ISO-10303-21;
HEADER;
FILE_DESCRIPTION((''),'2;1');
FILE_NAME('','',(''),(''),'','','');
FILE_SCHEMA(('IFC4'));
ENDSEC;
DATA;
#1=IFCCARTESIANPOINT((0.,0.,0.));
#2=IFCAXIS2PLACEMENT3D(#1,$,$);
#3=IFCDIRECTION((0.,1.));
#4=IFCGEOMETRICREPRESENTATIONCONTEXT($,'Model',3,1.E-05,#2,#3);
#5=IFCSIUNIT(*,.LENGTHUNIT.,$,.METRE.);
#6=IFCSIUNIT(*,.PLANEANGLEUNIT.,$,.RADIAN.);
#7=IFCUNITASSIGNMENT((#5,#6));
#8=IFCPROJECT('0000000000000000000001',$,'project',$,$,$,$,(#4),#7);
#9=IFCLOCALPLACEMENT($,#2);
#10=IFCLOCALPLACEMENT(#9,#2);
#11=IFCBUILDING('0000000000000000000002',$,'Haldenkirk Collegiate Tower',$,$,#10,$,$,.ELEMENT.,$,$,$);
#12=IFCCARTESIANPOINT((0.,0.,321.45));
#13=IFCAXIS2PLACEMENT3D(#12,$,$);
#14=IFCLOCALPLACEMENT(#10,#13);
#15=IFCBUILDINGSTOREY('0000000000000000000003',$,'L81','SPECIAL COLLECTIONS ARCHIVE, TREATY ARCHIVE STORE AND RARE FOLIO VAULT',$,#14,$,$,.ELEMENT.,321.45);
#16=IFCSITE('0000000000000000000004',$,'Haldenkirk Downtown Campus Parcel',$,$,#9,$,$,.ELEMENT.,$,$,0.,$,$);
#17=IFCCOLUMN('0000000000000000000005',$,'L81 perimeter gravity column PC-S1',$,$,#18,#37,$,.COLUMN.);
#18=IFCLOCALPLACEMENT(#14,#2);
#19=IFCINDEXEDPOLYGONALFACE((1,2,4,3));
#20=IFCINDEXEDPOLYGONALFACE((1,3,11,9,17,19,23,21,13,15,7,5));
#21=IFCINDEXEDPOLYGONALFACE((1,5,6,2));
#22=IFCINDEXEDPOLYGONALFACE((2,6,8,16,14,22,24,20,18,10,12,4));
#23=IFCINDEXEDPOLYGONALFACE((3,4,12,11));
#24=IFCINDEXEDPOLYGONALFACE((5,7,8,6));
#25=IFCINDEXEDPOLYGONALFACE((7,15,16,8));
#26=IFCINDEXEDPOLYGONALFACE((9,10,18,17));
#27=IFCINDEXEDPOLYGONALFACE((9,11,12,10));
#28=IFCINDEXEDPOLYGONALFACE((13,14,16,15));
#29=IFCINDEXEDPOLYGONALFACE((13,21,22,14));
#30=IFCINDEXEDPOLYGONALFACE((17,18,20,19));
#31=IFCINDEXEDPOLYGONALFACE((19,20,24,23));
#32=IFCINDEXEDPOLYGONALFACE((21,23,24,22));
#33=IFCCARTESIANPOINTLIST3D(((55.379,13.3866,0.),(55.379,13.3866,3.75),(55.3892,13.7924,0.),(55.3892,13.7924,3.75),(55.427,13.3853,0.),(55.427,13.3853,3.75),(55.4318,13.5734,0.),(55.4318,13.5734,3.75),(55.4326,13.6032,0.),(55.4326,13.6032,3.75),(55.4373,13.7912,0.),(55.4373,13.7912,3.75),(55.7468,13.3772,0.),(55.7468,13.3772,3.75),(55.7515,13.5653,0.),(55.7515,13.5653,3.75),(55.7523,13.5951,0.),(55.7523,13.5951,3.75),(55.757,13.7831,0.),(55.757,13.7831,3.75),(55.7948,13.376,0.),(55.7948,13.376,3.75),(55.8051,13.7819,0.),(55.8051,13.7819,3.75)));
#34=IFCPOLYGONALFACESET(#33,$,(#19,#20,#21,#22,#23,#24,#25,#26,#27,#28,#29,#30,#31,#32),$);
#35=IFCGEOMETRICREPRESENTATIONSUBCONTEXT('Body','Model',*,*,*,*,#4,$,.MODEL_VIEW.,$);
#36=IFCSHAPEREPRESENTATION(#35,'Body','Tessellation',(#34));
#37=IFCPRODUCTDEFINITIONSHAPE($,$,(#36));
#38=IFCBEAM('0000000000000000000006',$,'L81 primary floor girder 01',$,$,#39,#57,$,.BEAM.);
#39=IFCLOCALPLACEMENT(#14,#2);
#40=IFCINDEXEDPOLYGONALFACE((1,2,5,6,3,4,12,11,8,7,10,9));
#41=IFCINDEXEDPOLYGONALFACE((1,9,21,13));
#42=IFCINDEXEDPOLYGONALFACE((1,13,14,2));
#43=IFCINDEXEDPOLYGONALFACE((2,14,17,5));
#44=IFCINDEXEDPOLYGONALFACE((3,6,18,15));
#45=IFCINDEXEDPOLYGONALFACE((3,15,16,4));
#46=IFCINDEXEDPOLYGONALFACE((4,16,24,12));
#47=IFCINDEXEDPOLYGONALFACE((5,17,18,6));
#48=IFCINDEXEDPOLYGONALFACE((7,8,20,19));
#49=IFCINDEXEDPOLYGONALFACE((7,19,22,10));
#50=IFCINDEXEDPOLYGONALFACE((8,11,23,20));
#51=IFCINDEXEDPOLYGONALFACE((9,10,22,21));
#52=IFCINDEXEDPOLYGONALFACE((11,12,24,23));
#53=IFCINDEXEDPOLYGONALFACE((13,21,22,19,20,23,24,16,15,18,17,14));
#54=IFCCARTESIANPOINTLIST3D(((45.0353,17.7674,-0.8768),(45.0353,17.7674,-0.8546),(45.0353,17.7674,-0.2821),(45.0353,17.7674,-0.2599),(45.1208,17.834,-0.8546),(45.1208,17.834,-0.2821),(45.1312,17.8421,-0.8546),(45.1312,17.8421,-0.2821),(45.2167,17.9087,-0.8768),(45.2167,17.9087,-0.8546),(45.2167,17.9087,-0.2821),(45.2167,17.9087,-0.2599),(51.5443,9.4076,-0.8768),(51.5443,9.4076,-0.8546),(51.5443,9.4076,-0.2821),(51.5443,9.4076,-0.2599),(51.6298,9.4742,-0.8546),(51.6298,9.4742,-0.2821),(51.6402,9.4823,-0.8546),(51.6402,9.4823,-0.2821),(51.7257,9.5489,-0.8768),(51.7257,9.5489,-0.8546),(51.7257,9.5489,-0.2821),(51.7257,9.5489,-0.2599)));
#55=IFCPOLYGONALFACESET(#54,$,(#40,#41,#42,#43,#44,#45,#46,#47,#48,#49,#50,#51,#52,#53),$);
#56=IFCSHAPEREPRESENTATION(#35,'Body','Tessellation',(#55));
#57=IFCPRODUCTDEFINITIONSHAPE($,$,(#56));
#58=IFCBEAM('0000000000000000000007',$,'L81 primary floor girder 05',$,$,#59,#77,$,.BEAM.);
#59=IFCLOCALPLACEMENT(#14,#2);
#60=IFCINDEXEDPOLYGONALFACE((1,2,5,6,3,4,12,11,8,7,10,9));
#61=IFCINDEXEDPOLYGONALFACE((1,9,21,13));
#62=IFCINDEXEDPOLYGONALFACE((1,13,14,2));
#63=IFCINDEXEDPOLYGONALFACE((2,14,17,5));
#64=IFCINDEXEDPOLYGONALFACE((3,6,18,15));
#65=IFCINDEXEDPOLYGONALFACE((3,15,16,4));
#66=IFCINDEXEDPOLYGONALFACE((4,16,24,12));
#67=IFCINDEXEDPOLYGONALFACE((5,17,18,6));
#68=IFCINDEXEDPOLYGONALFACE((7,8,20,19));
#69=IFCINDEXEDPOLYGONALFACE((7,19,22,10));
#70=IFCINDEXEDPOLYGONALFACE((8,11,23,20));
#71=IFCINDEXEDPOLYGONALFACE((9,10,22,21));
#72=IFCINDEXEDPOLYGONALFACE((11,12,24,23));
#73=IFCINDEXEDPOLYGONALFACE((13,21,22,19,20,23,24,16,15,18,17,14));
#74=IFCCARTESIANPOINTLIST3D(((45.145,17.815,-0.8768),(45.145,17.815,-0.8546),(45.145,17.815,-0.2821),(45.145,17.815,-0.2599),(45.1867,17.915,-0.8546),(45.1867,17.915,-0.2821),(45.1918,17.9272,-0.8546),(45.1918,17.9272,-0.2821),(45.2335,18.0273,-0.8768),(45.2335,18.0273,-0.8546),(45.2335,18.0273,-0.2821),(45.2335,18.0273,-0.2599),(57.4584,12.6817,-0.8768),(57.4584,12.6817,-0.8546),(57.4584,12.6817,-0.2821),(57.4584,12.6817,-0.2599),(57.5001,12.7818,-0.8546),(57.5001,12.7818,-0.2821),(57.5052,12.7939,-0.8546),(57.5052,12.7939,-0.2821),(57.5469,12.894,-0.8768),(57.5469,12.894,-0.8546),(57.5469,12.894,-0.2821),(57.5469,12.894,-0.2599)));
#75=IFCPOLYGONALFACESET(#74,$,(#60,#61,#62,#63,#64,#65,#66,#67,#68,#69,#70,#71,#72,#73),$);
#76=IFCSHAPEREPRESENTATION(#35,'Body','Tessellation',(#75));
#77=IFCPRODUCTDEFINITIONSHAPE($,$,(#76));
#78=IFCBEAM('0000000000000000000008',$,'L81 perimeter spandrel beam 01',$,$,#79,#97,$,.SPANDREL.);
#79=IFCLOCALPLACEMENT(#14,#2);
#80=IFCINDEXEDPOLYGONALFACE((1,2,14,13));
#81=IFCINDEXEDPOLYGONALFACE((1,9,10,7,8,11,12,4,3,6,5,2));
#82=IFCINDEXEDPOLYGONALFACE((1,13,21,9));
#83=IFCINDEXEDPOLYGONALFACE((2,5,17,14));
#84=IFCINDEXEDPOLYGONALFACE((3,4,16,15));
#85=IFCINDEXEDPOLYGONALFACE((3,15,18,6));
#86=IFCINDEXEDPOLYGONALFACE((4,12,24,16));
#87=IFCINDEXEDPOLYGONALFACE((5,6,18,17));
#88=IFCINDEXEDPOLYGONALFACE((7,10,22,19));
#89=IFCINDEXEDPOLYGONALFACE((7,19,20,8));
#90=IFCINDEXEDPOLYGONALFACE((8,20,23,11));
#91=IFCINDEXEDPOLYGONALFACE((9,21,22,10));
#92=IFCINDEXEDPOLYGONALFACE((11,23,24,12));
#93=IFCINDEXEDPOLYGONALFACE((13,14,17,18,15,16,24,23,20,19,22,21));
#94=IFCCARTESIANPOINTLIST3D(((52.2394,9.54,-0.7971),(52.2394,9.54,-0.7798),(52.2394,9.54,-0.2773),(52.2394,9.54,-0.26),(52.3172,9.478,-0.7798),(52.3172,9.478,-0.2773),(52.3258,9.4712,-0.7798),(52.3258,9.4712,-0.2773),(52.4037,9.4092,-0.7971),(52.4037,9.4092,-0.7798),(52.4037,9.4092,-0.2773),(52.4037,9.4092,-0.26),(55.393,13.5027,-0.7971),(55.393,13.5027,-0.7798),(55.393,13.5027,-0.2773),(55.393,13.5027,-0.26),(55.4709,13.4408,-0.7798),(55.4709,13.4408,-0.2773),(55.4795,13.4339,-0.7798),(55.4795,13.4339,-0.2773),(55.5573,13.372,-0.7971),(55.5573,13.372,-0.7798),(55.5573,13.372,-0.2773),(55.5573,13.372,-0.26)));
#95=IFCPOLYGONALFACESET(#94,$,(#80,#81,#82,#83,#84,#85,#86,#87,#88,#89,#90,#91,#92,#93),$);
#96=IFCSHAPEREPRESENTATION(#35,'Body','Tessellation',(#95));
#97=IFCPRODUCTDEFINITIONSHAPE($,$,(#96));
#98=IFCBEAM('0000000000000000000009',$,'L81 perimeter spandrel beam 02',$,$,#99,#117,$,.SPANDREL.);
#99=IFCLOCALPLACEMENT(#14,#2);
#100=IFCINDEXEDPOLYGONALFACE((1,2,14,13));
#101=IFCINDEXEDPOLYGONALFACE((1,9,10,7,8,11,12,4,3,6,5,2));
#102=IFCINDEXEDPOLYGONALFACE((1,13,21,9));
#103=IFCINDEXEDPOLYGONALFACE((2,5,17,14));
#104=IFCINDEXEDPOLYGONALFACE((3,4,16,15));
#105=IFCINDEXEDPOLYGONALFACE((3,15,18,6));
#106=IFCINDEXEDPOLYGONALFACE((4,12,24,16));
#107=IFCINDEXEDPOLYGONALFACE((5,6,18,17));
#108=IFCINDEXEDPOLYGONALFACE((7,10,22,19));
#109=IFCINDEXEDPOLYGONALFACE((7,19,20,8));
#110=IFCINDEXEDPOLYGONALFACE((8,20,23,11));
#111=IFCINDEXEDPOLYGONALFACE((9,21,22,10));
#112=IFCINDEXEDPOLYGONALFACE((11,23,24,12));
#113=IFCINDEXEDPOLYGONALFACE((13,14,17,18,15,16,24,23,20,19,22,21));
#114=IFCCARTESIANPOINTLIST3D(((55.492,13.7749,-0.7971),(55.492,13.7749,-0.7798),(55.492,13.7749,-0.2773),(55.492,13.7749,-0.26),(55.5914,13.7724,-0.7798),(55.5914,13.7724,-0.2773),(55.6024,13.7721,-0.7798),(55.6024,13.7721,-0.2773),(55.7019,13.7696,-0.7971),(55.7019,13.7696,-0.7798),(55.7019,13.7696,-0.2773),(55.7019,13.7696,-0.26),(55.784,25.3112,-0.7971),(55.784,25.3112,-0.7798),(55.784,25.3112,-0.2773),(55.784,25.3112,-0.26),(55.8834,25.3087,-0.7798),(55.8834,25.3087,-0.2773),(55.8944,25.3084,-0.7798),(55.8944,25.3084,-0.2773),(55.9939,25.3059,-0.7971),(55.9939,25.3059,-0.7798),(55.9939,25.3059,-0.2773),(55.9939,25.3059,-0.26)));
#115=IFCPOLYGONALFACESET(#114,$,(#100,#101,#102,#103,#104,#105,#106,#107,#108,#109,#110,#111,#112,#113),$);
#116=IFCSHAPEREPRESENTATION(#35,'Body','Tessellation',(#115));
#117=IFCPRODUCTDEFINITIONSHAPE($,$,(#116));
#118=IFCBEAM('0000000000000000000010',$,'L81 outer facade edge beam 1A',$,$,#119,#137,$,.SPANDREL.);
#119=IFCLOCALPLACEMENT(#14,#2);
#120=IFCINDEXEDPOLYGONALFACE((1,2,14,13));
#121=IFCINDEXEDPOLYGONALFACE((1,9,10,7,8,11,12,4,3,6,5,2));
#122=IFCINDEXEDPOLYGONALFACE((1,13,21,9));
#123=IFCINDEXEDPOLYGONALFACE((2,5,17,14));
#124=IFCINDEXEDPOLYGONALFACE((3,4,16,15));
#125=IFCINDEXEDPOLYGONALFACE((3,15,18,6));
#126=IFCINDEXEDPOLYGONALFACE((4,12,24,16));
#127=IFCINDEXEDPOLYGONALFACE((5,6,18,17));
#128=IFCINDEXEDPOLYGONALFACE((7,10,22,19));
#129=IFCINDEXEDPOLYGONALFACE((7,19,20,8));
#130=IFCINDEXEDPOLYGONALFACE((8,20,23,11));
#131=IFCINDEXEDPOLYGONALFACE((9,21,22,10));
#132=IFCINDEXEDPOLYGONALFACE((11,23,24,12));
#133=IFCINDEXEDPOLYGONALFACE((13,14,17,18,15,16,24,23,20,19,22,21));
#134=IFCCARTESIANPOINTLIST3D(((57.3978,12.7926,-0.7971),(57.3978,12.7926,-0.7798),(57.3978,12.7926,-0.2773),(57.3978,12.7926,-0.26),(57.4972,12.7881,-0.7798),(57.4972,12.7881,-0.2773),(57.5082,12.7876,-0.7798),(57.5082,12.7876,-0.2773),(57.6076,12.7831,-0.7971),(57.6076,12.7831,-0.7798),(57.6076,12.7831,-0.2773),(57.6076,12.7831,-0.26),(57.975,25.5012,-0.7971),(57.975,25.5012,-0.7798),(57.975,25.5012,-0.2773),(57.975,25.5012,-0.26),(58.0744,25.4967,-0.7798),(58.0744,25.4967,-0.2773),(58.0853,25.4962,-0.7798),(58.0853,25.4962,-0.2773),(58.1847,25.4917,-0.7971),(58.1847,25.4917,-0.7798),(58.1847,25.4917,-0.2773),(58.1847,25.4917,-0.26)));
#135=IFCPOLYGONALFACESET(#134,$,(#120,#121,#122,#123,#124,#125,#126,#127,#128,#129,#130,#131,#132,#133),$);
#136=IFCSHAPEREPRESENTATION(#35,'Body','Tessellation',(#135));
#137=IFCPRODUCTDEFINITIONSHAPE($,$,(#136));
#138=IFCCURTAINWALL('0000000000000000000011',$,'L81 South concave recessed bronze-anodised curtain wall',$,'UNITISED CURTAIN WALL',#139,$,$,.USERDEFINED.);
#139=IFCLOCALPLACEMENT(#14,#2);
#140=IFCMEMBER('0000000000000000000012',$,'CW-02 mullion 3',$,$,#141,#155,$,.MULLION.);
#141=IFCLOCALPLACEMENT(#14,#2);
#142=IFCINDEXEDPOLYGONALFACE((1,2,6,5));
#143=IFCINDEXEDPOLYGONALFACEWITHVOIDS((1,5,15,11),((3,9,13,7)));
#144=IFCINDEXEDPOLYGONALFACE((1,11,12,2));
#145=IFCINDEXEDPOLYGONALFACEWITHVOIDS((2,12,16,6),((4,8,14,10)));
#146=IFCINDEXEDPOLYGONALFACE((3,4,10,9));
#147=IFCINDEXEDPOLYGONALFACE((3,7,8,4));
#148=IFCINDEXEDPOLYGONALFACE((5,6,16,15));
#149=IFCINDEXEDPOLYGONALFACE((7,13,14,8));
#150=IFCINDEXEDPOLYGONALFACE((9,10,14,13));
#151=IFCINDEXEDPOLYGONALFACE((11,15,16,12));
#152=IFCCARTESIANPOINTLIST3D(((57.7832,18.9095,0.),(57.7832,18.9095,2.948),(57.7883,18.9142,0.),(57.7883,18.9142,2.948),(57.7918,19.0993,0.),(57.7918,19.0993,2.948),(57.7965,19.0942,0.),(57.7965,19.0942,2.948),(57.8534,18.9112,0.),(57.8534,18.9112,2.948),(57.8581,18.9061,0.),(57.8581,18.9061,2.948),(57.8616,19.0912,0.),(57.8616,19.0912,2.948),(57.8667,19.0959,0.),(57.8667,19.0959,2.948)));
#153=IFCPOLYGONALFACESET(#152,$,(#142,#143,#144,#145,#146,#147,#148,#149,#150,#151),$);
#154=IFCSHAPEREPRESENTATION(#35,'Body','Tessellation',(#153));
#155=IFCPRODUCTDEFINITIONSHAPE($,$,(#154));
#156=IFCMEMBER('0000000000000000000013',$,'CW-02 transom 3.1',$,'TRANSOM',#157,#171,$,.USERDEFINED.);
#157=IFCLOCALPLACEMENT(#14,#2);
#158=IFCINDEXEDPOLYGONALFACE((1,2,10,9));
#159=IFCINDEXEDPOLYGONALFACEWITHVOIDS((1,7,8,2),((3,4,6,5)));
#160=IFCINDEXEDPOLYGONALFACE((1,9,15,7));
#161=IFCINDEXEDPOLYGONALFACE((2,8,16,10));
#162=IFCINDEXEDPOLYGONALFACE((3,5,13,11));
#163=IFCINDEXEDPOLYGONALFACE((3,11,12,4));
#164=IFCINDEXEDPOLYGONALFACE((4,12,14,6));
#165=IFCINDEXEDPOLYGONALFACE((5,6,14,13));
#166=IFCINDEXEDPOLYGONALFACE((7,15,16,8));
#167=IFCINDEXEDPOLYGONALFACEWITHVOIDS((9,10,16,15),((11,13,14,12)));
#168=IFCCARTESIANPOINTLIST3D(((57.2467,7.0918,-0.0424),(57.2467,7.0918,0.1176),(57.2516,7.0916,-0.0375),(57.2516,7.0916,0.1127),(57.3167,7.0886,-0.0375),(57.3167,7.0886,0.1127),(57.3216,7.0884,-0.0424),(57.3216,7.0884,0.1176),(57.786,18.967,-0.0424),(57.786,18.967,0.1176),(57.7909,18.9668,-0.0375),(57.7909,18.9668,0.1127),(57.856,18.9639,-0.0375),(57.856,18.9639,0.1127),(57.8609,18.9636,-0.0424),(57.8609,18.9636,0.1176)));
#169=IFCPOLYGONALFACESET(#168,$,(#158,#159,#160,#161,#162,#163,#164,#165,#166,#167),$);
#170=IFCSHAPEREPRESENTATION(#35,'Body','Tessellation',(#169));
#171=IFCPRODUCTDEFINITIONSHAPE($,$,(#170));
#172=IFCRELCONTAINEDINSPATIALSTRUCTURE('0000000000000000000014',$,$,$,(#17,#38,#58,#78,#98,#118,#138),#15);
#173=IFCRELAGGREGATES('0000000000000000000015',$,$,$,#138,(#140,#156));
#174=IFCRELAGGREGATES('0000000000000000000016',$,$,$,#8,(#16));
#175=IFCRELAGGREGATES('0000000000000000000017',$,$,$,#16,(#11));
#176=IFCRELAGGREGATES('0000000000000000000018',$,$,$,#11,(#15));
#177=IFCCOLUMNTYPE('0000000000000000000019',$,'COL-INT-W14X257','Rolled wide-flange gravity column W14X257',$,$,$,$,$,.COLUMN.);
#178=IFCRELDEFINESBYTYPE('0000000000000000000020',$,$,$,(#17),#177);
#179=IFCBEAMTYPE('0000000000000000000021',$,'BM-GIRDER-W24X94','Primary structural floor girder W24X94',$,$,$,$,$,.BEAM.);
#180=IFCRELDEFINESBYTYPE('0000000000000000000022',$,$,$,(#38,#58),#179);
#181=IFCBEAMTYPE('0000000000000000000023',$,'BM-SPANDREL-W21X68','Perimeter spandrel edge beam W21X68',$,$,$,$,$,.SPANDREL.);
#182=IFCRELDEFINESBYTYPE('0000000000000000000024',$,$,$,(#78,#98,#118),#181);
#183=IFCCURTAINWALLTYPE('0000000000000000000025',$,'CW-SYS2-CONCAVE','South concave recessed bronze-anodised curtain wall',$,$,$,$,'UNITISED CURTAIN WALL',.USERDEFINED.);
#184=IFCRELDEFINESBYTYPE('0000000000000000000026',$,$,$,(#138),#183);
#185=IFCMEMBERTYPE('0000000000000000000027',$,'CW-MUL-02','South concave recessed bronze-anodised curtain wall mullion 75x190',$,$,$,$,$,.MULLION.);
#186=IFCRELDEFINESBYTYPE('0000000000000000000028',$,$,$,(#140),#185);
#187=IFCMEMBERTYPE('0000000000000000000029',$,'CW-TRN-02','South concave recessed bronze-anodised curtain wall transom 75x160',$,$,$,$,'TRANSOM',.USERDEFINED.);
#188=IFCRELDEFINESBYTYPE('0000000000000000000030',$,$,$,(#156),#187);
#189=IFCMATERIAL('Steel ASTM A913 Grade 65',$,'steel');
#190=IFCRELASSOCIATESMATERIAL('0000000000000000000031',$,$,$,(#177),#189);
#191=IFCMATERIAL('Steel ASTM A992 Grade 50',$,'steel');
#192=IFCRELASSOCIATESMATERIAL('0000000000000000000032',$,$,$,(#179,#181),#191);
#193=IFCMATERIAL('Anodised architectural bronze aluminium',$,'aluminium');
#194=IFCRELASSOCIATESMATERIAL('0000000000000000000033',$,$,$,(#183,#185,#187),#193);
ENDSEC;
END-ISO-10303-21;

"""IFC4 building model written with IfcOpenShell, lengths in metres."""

from ifc_helpers import new_model, si_unit, direction, frame, origin, origin_2d, place, context, subcontext, project, spatial, hollow_rectangle, i_section, extrude, material, material_profile, profile_set, type_object, element, aggregate, save


model = new_model("IFC4")

# Units and contexts
model_context = context("Model", 3, precision=1e-05, world=origin(), true_north=direction((0.0, 1.0)))
body_context = subcontext(model_context, "Body", "Model", "MODEL_VIEW")
ifc_project = project(units=[si_unit("LENGTHUNIT", "METRE"), si_unit("PLANEANGLEUNIT", "RADIAN")], contexts=[model_context])

# Site, building, storey
site_placement = place(None, origin())
site = spatial("IfcSite", under=ifc_project, at=site_placement, Name="Haldenkirk Downtown Campus Parcel", CompositionType="ELEMENT", RefElevation=0.0)
building_placement = place(site_placement, origin())
building = spatial("IfcBuilding", under=site, at=building_placement, Name="Haldenkirk Collegiate Tower", CompositionType="ELEMENT")
storey_placement = place(building_placement, frame((0.0, 0.0, 321.45)))
storey = spatial("IfcBuildingStorey", under=building, at=storey_placement, Name="L81", Description="SPECIAL COLLECTIONS ARCHIVE, TREATY ARCHIVE STORE AND RARE FOLIO VAULT", CompositionType="ELEMENT", Elevation=321.45)

# Column
ifc_material_1 = material(Name="Steel ASTM A913 Grade 65", Category="steel")
ifc_material_profile_1 = material_profile(ifc_material_1, i_section(OverallWidth=0.406, OverallDepth=0.416, WebThickness=0.0298, FlangeThickness=0.0481, at=origin_2d()), Name="W14X257")
ifc_profile_set_1 = profile_set([ifc_material_profile_1], Name="Steel ASTM A913 Grade 65")
column_type = type_object("IfcColumnType", Name="COL-INT-W14X257", Description="Rolled wide-flange gravity column W14X257", PredefinedType="COLUMN", material=ifc_profile_set_1)
column_placement = place(storey_placement, frame((55.592, 13.5842, 0.0), z_axis=(0.0, 0.0, 1.0), x_axis=(0.025305, 0.99968, 0.0)))
element("IfcColumn", 1, at=column_placement, inside=storey, type_object=column_type, Name="L81 perimeter gravity column PC-S1", PredefinedType="COLUMN", context=body_context, shape_type="SweptSolid", body=[
    extrude(i_section(OverallWidth=0.406, OverallDepth=0.416, WebThickness=0.0298, FlangeThickness=0.0481, at=origin_2d()), origin(), (0.0, 0.0, 1.0), 3.75),
])

# Beams
ifc_material_2 = material(Name="Steel ASTM A992 Grade 50", Category="steel")
ifc_material_profile_2 = material_profile(ifc_material_2, i_section(OverallWidth=0.23, OverallDepth=0.6169, WebThickness=0.0132, FlangeThickness=0.0222, at=origin_2d()), Name="W24X94")
ifc_profile_set_2 = profile_set([ifc_material_profile_2], Name="Steel ASTM A992 Grade 50")
beam_type_1 = type_object("IfcBeamType", Name="BM-GIRDER-W24X94", Description="Primary structural floor girder W24X94", PredefinedType="BEAM", material=ifc_profile_set_2)
beam_1_placement = place(storey_placement, frame((51.635, 9.4783, -0.5684), z_axis=(-0.614347, 0.789036, 0.0), x_axis=(-0.789036, -0.614347, 0.0)))
element("IfcBeam", 2, at=beam_1_placement, inside=storey, type_object=beam_type_1, Name="L81 primary floor girder 01", PredefinedType="BEAM", context=body_context, shape_type="SweptSolid", body=[
    extrude(i_section(OverallWidth=0.23, OverallDepth=0.6169, WebThickness=0.0132, FlangeThickness=0.0222, at=origin_2d()), origin(), (0.0, 0.0, 1.0), 10.595),
])
beam_2_placement = place(storey_placement, frame((57.5027, 12.7878, -0.5684), z_axis=(-0.923005, 0.384787, 0.0), x_axis=(-0.384787, -0.923005, 0.0)))
element("IfcBeam", 3, at=beam_2_placement, inside=storey, type_object=beam_type_1, Name="L81 primary floor girder 05", PredefinedType="BEAM", context=body_context, shape_type="SweptSolid", body=[
    extrude(i_section(OverallWidth=0.23, OverallDepth=0.6169, WebThickness=0.0132, FlangeThickness=0.0222, at=origin_2d()), origin(), (0.0, 0.0, 1.0), 13.3406),
])
ifc_material_profile_3 = material_profile(ifc_material_2, i_section(OverallWidth=0.21, OverallDepth=0.5371, WebThickness=0.011, FlangeThickness=0.0173, at=origin_2d()), Name="W21X68")
ifc_profile_set_3 = profile_set([ifc_material_profile_3], Name="Steel ASTM A992 Grade 50")
beam_type_2 = type_object("IfcBeamType", Name="BM-SPANDREL-W21X68", Description="Perimeter spandrel edge beam W21X68", PredefinedType="SPANDREL", material=ifc_profile_set_3)
beam_3_placement = place(storey_placement, frame((52.3215, 9.4746, -0.5286), z_axis=(0.6227, 0.782461, 0.0), x_axis=(-0.782461, 0.6227, 0.0)))
element("IfcBeam", 4, at=beam_3_placement, inside=storey, type_object=beam_type_2, Name="L81 perimeter spandrel beam 01", PredefinedType="SPANDREL", context=body_context, shape_type="SweptSolid", body=[
    extrude(i_section(OverallWidth=0.21, OverallDepth=0.5371, WebThickness=0.011, FlangeThickness=0.0173, at=origin_2d()), origin(), (0.0, 0.0, 1.0), 5.0645),
])
beam_4_placement = place(storey_placement, frame((55.5969, 13.7722, -0.5286), z_axis=(0.025302, 0.99968, 0.0), x_axis=(-0.99968, 0.025302, 0.0)))
element("IfcBeam", 5, at=beam_4_placement, inside=storey, type_object=beam_type_2, Name="L81 perimeter spandrel beam 02", PredefinedType="SPANDREL", context=body_context, shape_type="SweptSolid", body=[
    extrude(i_section(OverallWidth=0.21, OverallDepth=0.5371, WebThickness=0.011, FlangeThickness=0.0173, at=origin_2d()), origin(), (0.0, 0.0, 1.0), 11.54),
])
beam_5_placement = place(storey_placement, frame((57.5027, 12.7878, -0.5286), z_axis=(0.045368, 0.99897, 0.0), x_axis=(-0.99897, 0.045368, 0.0)))
element("IfcBeam", 6, at=beam_5_placement, inside=storey, type_object=beam_type_2, Name="L81 outer facade edge beam 1A", PredefinedType="SPANDREL", context=body_context, shape_type="SweptSolid", body=[
    extrude(i_section(OverallWidth=0.21, OverallDepth=0.5371, WebThickness=0.011, FlangeThickness=0.0173, at=origin_2d()), origin(), (0.0, 0.0, 1.0), 12.7217),
])

# Curtain wall, members
ifc_material_3 = material(Name="Anodised architectural bronze aluminium", Category="aluminium")
curtain_wall_type = type_object("IfcCurtainWallType", Name="CW-SYS2-CONCAVE", Description="South concave recessed bronze-anodised curtain wall", ElementType="UNITISED CURTAIN WALL", PredefinedType="USERDEFINED", material=ifc_material_3)
curtain_wall_placement = place(storey_placement, origin())
curtain_wall = element("IfcCurtainWall", 7, at=curtain_wall_placement, inside=storey, type_object=curtain_wall_type, Name="L81 South concave recessed bronze-anodised curtain wall", ObjectType="UNITISED CURTAIN WALL", PredefinedType="USERDEFINED")
ifc_material_profile_4 = material_profile(ifc_material_3, hollow_rectangle(XDim=0.075, YDim=0.1899, WallThickness=0.0049, at=origin_2d()), Name="CW-MUL-02")
ifc_profile_set_4 = profile_set([ifc_material_profile_4], Name="Anodised architectural bronze aluminium")
member_type_1 = type_object("IfcMemberType", Name="CW-MUL-02", Description="South concave recessed bronze-anodised curtain wall mullion 75x190", PredefinedType="MULLION", material=ifc_profile_set_4)
member_1_placement = place(storey_placement, frame((57.825, 19.0027, 0.0), z_axis=(0.0, 0.0, 1.0), x_axis=(0.998971, -0.045364, 0.0)))
member_1 = element("IfcMember", 8, at=member_1_placement, type_object=member_type_1, Name="CW-02 mullion 3", PredefinedType="MULLION", context=body_context, shape_type="SweptSolid", body=[
    extrude(hollow_rectangle(XDim=0.075, YDim=0.1899, WallThickness=0.0049, at=origin_2d()), origin(), (0.0, 0.0, 1.0), 2.948),
])
ifc_material_profile_5 = material_profile(ifc_material_3, hollow_rectangle(XDim=0.075, YDim=0.1599, WallThickness=0.0049, at=origin_2d()), Name="CW-TRN-02")
ifc_profile_set_5 = profile_set([ifc_material_profile_5], Name="Anodised architectural bronze aluminium")
member_type_2 = type_object("IfcMemberType", Name="CW-TRN-02", Description="South concave recessed bronze-anodised curtain wall transom 75x160", ElementType="TRANSOM", PredefinedType="USERDEFINED", material=ifc_profile_set_5)
member_2_placement = place(storey_placement, frame((57.8235, 18.9653, 0.0376), z_axis=(-0.045368, -0.99897, 0.0), x_axis=(0.99897, -0.045368, 0.0)))
member_2 = element("IfcMember", 9, at=member_2_placement, type_object=member_type_2, Name="CW-02 transom 3.1", ObjectType="TRANSOM", PredefinedType="USERDEFINED", context=body_context, shape_type="SweptSolid", body=[
    extrude(hollow_rectangle(XDim=0.075, YDim=0.1599, WallThickness=0.0049, at=origin_2d()), origin(), (0.0, 0.0, 1.0), 11.8875),
])

aggregate(curtain_wall, [member_1, member_2])

save(model, "model.ifc")
